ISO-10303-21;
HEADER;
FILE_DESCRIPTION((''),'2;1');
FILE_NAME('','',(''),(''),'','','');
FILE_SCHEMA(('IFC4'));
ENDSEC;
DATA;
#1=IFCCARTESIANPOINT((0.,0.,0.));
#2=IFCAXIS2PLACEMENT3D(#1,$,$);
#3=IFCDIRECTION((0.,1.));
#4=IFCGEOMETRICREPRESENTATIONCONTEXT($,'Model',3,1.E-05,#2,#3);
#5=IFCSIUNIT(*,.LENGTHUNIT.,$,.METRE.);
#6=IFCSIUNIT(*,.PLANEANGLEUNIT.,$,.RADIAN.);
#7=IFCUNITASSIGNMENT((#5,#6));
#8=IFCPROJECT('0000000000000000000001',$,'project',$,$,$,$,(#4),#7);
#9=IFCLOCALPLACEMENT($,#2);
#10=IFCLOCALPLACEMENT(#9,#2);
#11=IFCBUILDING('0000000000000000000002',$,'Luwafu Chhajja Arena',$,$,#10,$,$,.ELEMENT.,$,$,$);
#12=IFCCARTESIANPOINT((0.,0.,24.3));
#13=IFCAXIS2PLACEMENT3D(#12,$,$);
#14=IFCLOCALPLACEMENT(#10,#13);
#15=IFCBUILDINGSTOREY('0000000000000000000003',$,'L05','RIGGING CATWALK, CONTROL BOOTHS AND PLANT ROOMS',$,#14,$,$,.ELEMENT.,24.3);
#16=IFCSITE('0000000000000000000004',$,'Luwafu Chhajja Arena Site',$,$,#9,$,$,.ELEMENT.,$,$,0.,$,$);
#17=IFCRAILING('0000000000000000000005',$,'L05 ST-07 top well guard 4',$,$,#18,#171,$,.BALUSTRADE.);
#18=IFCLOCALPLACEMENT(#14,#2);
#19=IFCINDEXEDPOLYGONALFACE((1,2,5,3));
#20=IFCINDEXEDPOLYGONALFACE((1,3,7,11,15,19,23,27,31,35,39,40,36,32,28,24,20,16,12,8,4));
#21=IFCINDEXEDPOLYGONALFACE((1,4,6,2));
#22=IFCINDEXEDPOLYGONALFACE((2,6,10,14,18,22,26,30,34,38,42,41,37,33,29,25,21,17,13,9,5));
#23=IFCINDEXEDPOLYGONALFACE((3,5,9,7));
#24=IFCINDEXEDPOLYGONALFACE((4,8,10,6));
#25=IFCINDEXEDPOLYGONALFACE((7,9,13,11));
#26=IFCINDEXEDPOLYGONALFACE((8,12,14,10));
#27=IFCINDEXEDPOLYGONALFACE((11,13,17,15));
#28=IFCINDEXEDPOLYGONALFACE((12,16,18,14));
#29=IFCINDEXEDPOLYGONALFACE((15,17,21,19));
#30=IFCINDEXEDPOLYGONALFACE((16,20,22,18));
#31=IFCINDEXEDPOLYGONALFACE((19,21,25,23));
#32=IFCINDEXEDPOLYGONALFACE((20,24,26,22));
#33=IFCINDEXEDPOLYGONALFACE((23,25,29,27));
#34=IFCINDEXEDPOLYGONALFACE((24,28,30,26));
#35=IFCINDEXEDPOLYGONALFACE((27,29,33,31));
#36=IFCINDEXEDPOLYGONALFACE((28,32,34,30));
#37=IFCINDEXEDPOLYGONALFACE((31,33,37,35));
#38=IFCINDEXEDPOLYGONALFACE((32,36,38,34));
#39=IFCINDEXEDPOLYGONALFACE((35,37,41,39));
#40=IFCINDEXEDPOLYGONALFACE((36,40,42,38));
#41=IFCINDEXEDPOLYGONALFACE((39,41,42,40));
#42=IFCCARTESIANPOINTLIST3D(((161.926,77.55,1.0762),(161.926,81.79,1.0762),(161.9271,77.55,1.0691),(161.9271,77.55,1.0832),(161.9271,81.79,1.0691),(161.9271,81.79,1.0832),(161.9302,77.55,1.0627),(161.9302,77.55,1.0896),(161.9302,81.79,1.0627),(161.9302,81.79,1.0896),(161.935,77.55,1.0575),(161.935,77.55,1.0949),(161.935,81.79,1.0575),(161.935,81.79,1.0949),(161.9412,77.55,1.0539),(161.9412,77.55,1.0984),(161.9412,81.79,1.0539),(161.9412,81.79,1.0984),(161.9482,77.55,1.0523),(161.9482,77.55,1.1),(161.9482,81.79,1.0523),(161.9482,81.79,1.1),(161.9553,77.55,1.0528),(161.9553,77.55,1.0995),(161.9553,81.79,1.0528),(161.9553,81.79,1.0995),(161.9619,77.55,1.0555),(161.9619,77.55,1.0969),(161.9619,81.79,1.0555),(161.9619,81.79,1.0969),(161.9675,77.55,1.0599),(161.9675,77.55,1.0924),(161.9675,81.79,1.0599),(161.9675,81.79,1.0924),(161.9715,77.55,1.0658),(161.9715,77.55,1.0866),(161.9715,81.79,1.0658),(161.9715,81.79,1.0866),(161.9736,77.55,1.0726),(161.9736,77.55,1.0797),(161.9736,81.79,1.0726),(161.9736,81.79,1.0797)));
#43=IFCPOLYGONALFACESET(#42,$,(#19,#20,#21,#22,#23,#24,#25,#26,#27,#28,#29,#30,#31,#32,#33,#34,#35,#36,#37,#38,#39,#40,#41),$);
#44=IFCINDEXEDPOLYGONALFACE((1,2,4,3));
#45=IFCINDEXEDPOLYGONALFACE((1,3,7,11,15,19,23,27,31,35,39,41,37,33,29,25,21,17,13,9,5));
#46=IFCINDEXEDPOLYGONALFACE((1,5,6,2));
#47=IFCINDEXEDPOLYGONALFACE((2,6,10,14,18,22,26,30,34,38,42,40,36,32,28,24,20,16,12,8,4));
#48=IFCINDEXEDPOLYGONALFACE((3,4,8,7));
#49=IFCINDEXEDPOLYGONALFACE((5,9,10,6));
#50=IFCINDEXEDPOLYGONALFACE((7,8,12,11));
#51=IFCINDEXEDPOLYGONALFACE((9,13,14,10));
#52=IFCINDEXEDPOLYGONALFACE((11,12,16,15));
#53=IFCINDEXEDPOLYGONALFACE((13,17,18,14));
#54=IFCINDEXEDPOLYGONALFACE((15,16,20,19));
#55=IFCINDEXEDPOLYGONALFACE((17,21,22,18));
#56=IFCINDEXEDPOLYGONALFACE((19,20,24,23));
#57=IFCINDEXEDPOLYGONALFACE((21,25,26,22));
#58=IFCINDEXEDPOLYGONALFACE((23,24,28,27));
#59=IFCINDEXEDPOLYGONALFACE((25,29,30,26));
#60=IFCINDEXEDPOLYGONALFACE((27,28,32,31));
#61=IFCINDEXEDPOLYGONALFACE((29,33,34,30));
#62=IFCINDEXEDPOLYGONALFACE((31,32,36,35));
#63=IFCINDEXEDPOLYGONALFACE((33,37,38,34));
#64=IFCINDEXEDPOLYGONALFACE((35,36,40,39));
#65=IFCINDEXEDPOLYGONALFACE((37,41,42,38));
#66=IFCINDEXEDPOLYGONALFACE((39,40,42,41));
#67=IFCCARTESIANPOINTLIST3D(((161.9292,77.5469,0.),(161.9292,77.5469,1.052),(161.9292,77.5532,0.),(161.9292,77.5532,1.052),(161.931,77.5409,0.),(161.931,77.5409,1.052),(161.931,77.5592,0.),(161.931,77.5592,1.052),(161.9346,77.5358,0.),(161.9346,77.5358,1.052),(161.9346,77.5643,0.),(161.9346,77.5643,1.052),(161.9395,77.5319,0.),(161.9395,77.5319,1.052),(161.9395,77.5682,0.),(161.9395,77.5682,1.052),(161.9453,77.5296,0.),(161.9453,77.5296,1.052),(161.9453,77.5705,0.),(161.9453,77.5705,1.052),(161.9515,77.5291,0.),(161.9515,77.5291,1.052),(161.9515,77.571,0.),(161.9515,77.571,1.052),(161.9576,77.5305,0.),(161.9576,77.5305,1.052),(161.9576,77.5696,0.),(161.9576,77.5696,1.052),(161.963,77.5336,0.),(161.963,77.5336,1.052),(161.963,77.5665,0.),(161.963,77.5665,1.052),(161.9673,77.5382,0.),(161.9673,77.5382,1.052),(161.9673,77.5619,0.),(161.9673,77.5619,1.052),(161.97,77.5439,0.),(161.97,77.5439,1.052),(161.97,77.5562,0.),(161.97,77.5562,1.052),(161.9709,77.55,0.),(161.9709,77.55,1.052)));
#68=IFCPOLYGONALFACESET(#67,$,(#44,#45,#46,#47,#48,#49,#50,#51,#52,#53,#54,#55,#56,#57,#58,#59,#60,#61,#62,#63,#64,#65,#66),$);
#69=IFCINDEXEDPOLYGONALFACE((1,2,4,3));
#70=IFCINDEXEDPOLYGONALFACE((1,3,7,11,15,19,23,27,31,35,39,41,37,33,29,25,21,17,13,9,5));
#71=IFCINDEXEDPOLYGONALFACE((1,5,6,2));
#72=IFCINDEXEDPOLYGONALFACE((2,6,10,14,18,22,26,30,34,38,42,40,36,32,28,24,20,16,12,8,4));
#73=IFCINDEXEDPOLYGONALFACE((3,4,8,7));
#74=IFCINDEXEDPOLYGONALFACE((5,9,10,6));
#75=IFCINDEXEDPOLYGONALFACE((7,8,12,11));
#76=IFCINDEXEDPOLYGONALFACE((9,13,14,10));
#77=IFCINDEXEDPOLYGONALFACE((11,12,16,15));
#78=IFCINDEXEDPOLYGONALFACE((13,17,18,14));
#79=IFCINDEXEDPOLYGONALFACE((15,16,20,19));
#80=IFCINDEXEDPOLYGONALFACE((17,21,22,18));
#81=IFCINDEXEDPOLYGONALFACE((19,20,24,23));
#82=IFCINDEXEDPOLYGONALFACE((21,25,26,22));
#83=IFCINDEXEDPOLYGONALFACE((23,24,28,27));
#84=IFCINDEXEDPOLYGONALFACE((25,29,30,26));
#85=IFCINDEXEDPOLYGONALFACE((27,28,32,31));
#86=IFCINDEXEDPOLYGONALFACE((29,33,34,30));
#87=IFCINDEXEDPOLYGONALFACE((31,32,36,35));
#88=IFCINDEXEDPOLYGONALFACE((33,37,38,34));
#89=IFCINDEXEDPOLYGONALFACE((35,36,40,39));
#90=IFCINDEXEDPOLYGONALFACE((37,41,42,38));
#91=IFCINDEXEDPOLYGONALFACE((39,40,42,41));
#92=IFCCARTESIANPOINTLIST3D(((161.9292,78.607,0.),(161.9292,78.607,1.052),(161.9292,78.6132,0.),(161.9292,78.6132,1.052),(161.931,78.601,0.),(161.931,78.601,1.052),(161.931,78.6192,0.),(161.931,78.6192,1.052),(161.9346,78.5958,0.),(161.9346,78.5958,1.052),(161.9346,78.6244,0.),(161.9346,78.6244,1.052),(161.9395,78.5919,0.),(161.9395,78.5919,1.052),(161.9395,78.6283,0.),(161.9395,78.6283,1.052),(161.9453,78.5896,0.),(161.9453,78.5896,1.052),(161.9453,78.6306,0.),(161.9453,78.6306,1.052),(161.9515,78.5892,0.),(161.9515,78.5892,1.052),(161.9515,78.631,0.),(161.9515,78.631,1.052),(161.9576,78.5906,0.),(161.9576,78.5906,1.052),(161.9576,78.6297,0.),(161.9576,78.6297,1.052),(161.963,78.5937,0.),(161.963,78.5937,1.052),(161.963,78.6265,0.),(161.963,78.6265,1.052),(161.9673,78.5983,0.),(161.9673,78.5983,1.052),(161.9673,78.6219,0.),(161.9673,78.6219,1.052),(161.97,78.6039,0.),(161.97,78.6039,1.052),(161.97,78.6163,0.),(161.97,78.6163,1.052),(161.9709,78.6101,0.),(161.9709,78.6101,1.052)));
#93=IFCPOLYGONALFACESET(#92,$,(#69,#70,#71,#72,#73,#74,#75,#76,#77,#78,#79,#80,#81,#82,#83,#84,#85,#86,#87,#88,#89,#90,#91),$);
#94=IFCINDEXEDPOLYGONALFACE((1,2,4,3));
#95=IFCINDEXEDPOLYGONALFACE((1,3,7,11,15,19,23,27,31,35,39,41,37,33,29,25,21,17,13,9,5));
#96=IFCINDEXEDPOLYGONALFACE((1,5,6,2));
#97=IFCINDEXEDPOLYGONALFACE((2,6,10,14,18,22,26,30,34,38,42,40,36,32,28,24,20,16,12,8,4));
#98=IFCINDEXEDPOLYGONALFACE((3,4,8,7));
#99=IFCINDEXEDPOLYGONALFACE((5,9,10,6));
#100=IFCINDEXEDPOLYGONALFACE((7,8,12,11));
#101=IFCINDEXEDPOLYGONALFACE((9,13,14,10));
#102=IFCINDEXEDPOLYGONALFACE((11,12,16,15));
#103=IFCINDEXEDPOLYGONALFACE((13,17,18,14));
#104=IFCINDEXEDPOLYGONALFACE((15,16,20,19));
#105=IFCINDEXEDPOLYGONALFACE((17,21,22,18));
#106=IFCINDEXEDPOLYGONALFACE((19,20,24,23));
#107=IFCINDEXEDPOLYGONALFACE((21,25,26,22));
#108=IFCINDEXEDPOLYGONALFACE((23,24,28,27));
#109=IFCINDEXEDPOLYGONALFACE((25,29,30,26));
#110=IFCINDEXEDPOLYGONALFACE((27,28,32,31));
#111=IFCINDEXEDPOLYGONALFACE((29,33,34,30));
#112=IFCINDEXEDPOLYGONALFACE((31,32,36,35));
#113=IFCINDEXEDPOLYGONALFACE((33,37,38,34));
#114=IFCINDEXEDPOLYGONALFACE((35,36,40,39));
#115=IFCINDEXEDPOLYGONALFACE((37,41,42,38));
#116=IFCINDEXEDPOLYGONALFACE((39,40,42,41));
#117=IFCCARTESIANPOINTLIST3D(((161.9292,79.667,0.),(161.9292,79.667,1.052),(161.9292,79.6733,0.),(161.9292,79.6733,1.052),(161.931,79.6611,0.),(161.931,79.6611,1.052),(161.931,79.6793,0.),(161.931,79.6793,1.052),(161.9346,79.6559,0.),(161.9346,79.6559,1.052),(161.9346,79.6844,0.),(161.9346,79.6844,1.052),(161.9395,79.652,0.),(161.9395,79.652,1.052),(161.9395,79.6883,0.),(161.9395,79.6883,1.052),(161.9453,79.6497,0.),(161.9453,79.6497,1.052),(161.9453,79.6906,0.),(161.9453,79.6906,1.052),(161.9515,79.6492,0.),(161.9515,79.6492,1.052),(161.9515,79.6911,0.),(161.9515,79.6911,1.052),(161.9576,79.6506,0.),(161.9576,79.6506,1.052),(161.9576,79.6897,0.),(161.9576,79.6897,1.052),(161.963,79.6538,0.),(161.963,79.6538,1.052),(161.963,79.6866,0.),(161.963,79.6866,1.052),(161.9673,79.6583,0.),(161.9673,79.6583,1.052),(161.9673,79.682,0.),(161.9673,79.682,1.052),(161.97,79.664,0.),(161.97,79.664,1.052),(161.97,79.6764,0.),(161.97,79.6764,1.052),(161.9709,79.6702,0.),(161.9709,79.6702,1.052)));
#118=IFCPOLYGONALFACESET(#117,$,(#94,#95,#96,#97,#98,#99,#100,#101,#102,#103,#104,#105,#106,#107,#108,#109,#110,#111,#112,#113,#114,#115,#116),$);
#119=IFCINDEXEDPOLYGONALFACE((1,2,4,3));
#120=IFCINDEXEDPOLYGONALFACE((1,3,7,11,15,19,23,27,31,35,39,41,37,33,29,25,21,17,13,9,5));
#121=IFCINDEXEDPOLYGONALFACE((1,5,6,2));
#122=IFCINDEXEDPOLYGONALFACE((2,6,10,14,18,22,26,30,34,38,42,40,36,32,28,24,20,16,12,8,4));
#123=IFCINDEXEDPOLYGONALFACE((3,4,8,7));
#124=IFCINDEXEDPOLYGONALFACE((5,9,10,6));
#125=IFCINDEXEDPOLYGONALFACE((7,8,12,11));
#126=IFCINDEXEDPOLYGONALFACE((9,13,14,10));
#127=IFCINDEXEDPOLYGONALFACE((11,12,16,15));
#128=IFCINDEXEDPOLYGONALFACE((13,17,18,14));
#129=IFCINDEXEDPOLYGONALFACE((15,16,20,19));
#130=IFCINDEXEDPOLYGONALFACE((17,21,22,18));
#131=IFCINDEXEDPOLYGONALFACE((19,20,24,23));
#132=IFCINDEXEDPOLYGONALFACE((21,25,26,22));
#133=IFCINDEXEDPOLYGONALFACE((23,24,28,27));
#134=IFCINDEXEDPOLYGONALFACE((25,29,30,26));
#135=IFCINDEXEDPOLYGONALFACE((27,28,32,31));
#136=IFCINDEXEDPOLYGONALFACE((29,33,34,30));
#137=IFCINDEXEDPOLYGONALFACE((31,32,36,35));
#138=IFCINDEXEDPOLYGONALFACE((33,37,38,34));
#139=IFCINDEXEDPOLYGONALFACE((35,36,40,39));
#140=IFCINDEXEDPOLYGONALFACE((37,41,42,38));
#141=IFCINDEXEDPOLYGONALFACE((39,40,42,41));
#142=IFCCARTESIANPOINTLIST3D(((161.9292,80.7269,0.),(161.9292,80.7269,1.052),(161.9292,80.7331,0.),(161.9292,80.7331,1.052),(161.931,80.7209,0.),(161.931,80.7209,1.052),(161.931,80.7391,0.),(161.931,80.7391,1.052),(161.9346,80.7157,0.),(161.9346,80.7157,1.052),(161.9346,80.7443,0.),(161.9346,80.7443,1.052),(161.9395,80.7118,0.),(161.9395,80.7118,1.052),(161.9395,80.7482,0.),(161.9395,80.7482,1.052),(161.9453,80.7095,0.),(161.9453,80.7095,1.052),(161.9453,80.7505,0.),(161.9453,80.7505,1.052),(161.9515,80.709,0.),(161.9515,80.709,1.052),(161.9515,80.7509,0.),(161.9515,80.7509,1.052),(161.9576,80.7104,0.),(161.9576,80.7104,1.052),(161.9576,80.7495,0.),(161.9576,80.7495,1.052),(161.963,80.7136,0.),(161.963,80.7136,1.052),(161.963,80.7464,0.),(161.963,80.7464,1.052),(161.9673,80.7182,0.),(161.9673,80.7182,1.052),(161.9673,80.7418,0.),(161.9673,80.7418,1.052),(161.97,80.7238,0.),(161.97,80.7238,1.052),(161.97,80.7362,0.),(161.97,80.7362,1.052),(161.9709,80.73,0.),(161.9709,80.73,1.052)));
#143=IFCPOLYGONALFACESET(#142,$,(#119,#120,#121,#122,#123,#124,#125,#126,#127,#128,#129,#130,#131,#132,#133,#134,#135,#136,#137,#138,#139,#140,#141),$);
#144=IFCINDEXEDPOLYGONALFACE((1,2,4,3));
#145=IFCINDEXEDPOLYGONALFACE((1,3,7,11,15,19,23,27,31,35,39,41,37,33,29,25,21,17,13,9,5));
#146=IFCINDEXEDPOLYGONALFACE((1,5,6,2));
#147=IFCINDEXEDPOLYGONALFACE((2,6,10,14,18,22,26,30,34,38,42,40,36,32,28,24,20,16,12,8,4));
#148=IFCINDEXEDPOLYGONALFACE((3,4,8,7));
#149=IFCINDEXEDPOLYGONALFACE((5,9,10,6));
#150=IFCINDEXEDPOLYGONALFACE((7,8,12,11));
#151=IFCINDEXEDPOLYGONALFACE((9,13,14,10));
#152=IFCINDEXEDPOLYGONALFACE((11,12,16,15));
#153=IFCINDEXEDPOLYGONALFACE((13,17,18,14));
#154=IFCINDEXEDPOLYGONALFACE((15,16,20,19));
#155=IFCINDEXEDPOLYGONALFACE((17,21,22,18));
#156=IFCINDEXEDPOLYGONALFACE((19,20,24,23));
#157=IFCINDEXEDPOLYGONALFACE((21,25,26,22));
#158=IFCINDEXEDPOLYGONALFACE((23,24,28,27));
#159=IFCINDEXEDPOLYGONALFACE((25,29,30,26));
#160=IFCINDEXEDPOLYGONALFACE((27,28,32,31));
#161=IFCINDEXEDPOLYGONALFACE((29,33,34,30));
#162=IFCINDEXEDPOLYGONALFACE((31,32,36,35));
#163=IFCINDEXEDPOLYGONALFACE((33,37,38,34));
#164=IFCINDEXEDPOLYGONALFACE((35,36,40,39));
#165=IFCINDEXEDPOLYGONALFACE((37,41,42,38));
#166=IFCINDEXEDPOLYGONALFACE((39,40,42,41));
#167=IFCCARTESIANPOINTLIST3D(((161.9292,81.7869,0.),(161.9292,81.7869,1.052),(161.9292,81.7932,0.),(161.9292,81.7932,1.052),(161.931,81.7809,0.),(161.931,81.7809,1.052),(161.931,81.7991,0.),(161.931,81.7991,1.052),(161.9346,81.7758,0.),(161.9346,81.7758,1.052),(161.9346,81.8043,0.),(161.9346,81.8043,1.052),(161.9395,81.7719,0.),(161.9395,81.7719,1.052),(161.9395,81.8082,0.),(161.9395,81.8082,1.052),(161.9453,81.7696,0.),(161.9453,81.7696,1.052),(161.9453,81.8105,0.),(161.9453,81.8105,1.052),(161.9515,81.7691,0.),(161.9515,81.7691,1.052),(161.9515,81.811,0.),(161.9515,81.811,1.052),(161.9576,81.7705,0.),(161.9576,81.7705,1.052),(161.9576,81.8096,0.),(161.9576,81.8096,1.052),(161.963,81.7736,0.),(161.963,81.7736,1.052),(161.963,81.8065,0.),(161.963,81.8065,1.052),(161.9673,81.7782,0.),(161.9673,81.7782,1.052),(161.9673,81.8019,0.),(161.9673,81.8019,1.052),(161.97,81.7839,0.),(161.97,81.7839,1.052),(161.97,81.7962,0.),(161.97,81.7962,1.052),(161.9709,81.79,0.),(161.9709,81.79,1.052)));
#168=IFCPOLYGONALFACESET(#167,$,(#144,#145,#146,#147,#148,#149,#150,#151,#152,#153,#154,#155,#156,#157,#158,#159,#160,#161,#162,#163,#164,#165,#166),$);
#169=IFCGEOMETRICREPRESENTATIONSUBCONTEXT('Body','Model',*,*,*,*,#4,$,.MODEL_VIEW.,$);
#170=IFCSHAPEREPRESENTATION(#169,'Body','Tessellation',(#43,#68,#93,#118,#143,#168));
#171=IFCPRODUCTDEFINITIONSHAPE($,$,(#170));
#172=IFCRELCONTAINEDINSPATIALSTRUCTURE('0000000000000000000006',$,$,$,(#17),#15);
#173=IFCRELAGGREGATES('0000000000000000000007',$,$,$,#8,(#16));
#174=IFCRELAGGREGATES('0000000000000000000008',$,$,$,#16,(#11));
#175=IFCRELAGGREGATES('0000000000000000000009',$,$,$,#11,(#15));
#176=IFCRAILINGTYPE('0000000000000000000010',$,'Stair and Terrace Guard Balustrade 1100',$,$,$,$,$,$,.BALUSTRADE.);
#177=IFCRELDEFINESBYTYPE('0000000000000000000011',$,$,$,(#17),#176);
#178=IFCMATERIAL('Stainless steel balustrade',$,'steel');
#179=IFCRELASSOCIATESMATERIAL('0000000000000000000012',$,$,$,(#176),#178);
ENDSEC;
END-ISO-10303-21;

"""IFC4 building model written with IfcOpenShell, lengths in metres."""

from ifc_helpers import new_model, si_unit, direction, frame, origin, origin_2d, place, context, subcontext, project, spatial, circle, extrude, material, type_object, element, save


model = new_model("IFC4")

# Units and contexts
model_context = context("Model", 3, precision=1e-05, world=origin(), true_north=direction((0.0, 1.0)))
body_context = subcontext(model_context, "Body", "Model", "MODEL_VIEW")
ifc_project = project(units=[si_unit("LENGTHUNIT", "METRE"), si_unit("PLANEANGLEUNIT", "RADIAN")], contexts=[model_context])

# Site, building, storey
site_placement = place(None, origin())
site = spatial("IfcSite", under=ifc_project, at=site_placement, Name="Luwafu Chhajja Arena Site", CompositionType="ELEMENT", RefElevation=0.0)
building_placement = place(site_placement, origin())
building = spatial("IfcBuilding", under=site, at=building_placement, Name="Luwafu Chhajja Arena", CompositionType="ELEMENT")
storey_placement = place(building_placement, frame((0.0, 0.0, 24.3)))
storey = spatial("IfcBuildingStorey", under=building, at=storey_placement, Name="L05", Description="RIGGING CATWALK, CONTROL BOOTHS AND PLANT ROOMS", CompositionType="ELEMENT", Elevation=24.3)

# Railing
ifc_material_1 = material(Name="Stainless steel balustrade", Category="steel")
railing_type_1 = type_object("IfcRailingType", Name="Stair and Terrace Guard Balustrade 1100", PredefinedType="BALUSTRADE", material=ifc_material_1)
railing_1_placement = place(storey_placement, frame((161.95, 77.55, 0.0)))
element("IfcRailing", 1, at=railing_1_placement, inside=storey, type_object=railing_type_1, Name="L05 ST-07 top well guard 4", PredefinedType="BALUSTRADE", context=body_context, shape_type="SweptSolid", body=[
    extrude(circle(Radius=0.0239, at=origin_2d()), frame((0.0, 0.0, 1.0762), z_axis=(0.0, 1.0, 0.0), x_axis=(-1.0, 0.0, 0.0)), (0.0, 0.0, 1.0), 4.24),
    extrude(circle(Radius=0.021, at=origin_2d()), origin(), (0.0, 0.0, 1.0), 1.052),
    extrude(circle(Radius=0.021, at=origin_2d()), frame((0.0, 1.0601, 0.0)), (0.0, 0.0, 1.0), 1.052),
    extrude(circle(Radius=0.021, at=origin_2d()), frame((0.0, 2.1201, 0.0)), (0.0, 0.0, 1.0), 1.052),
    extrude(circle(Radius=0.021, at=origin_2d()), frame((0.0, 3.1799, 0.0)), (0.0, 0.0, 1.0), 1.052),
    extrude(circle(Radius=0.021, at=origin_2d()), frame((0.0, 4.24, 0.0)), (0.0, 0.0, 1.0), 1.052),
])

save(model, "model.ifc")
